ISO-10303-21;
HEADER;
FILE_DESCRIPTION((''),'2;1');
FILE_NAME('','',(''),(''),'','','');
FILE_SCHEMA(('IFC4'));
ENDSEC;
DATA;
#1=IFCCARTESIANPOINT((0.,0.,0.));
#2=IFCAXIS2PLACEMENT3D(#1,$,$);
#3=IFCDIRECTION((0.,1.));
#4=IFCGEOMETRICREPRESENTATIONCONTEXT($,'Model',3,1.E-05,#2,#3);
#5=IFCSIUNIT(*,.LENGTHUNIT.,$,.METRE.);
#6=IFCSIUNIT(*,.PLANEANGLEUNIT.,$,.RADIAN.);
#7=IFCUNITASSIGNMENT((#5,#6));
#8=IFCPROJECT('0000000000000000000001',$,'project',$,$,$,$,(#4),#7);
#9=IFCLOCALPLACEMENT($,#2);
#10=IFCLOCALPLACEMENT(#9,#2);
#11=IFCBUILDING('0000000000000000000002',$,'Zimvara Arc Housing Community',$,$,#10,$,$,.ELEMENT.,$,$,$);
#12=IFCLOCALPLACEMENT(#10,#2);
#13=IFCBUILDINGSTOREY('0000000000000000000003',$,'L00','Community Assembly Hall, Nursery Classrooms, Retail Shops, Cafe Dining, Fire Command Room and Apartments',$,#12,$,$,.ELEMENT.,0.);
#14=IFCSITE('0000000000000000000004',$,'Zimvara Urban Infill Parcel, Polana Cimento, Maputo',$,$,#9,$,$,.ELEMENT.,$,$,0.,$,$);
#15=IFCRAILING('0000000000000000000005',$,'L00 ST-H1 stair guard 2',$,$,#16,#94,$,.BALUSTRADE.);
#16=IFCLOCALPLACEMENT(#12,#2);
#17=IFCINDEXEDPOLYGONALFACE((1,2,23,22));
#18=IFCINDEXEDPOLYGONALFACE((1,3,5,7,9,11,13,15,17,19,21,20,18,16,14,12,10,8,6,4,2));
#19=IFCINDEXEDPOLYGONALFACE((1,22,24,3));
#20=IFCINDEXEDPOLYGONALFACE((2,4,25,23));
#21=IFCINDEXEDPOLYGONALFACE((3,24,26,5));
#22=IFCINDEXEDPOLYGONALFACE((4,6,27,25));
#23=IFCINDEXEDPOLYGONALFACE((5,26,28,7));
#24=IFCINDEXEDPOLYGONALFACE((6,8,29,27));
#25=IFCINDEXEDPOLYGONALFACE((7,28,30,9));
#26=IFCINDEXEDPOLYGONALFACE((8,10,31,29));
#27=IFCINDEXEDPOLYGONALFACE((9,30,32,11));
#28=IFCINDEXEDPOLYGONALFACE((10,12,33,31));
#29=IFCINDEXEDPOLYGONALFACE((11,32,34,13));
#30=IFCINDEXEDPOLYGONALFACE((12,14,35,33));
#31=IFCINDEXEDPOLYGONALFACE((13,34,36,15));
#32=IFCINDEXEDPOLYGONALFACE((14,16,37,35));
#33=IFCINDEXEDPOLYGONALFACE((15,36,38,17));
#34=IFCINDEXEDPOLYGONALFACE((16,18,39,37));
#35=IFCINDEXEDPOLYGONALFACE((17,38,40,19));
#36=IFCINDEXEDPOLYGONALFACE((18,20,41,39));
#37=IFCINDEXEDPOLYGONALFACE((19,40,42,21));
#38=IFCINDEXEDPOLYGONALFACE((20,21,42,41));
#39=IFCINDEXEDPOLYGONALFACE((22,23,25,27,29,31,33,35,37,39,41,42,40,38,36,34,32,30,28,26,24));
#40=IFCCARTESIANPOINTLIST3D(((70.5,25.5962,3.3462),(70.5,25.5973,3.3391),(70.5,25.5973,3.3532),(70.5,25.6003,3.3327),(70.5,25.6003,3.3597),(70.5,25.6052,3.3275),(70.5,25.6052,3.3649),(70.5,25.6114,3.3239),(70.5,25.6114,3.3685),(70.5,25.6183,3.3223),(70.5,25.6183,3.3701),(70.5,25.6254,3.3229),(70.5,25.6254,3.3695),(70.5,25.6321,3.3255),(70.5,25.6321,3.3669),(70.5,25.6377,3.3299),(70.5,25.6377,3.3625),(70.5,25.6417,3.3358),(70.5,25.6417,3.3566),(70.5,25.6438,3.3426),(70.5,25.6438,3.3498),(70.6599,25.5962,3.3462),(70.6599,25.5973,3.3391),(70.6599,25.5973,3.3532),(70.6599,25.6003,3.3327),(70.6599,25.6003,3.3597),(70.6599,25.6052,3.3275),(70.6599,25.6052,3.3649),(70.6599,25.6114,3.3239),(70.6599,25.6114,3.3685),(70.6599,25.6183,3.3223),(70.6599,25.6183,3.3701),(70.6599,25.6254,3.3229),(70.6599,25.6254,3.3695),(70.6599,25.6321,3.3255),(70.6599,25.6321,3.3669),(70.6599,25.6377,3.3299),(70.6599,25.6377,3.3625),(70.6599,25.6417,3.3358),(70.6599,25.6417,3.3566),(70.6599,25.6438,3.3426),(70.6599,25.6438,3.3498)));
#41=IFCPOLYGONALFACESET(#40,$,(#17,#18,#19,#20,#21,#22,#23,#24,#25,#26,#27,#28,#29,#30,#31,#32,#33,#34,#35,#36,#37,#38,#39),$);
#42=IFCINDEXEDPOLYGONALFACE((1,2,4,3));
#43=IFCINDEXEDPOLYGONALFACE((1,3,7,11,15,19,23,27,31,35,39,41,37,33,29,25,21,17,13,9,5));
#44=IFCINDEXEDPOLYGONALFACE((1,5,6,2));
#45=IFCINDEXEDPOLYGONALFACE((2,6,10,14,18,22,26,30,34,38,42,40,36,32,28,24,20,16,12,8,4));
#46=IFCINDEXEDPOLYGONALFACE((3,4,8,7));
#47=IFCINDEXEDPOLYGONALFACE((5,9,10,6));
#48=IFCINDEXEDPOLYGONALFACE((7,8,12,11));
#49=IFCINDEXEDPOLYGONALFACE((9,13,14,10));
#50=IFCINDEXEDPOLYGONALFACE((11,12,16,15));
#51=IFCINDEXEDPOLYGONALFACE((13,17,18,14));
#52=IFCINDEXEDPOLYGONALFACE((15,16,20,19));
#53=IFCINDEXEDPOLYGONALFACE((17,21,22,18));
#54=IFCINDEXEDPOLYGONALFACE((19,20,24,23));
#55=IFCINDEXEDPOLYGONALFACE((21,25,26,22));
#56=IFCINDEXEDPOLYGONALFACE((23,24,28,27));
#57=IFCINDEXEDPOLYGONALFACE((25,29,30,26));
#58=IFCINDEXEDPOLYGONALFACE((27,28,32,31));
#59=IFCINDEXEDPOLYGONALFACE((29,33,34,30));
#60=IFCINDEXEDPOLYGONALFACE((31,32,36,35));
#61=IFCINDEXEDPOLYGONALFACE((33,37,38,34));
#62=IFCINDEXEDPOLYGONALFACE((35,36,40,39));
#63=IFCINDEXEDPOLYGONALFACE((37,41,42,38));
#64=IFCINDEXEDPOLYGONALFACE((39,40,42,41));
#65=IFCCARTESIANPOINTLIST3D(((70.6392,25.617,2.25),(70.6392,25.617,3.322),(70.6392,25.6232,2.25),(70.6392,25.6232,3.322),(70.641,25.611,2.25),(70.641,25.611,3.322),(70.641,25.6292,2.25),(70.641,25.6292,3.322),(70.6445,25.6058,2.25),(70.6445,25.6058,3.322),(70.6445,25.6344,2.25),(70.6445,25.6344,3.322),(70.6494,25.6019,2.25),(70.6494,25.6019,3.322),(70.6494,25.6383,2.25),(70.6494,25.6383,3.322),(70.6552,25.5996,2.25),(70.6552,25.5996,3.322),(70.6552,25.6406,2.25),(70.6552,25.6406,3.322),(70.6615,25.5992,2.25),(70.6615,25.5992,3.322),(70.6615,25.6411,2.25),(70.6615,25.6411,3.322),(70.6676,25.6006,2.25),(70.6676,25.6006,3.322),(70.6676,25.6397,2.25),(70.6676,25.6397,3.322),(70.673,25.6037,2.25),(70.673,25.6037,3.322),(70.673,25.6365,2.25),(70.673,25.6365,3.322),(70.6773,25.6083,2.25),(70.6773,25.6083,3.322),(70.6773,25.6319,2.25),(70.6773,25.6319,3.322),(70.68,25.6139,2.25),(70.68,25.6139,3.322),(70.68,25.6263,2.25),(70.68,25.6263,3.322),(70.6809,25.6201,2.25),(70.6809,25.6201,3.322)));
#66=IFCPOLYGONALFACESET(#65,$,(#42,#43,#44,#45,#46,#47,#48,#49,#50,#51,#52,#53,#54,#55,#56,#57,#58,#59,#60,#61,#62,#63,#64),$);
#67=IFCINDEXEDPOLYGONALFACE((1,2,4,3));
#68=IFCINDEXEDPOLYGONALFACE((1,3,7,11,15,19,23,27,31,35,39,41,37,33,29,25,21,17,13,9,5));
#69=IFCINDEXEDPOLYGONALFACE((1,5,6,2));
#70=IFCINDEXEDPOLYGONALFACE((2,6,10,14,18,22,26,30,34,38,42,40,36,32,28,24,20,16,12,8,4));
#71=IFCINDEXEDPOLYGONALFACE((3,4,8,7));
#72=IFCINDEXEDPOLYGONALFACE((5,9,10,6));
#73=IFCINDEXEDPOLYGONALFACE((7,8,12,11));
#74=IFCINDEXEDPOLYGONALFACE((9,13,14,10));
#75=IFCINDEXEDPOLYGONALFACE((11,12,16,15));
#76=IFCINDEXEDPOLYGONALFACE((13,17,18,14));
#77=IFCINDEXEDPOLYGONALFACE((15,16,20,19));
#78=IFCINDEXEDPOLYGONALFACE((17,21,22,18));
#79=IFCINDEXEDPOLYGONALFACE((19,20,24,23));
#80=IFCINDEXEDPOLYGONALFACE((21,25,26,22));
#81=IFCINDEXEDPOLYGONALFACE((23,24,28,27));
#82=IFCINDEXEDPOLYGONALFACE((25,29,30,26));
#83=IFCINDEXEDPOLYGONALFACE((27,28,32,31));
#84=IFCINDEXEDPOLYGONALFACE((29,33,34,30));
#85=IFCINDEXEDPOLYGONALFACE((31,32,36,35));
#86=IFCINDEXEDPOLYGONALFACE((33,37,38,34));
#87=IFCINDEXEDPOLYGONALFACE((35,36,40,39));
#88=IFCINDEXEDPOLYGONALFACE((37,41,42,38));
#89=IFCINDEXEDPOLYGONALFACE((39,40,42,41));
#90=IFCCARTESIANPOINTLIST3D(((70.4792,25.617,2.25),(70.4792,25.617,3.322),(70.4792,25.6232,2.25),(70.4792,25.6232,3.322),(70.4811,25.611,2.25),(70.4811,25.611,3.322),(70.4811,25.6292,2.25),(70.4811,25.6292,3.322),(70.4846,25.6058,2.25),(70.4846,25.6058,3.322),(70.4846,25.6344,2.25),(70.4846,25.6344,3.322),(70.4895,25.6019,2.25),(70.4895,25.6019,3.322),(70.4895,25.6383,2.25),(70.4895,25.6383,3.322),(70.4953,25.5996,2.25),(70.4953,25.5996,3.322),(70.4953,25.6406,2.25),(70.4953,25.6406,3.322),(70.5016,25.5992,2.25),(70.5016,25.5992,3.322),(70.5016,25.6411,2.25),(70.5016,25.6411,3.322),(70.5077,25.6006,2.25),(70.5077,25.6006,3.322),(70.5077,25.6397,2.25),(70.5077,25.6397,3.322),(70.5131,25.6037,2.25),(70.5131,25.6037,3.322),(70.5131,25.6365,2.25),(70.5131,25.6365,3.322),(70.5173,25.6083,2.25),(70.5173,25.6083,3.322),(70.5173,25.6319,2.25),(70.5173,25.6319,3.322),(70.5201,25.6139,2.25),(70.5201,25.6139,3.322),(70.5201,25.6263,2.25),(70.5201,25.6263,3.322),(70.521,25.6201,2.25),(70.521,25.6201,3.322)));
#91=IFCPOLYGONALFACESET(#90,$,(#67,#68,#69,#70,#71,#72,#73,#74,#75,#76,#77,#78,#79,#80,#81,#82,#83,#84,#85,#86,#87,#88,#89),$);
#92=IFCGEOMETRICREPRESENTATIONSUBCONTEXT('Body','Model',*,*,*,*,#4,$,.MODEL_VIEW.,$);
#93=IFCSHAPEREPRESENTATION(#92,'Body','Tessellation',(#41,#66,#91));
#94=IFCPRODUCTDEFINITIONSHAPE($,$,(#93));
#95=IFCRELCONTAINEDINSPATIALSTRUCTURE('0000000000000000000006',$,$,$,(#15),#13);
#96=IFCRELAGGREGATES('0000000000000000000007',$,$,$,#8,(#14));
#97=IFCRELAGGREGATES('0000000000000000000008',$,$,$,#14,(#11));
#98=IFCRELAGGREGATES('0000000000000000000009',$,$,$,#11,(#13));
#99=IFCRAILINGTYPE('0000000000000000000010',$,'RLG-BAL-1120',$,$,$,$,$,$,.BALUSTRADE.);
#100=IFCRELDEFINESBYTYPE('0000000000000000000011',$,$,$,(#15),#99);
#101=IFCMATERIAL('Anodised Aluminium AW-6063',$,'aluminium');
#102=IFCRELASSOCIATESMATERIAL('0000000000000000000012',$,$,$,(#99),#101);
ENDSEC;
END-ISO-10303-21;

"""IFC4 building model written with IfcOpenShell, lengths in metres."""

from ifc_helpers import new_model, si_unit, direction, frame, origin, origin_2d, place, context, subcontext, project, spatial, circle, extrude, material, type_object, element, save


model = new_model("IFC4")

# Units and contexts
model_context = context("Model", 3, precision=1e-05, world=origin(), true_north=direction((0.0, 1.0)))
body_context = subcontext(model_context, "Body", "Model", "MODEL_VIEW")
ifc_project = project(units=[si_unit("LENGTHUNIT", "METRE"), si_unit("PLANEANGLEUNIT", "RADIAN")], contexts=[model_context])

# Site, building, storey
site_placement = place(None, origin())
site = spatial("IfcSite", under=ifc_project, at=site_placement, Name="Zimvara Urban Infill Parcel, Polana Cimento, Maputo", CompositionType="ELEMENT", RefElevation=0.0)
building_placement = place(site_placement, origin())
building = spatial("IfcBuilding", under=site, at=building_placement, Name="Zimvara Arc Housing Community", CompositionType="ELEMENT")
storey_placement = place(building_placement, origin())
storey = spatial("IfcBuildingStorey", under=building, at=storey_placement, Name="L00", Description="Community Assembly Hall, Nursery Classrooms, Retail Shops, Cafe Dining, Fire Command Room and Apartments", CompositionType="ELEMENT", Elevation=0.0)

# Railing
ifc_material_1 = material(Name="Anodised Aluminium AW-6063", Category="aluminium")
railing_type_1 = type_object("IfcRailingType", Name="RLG-BAL-1120", PredefinedType="BALUSTRADE", material=ifc_material_1)
railing_1_placement = place(storey_placement, frame((70.6599, 25.6201, 2.25)))
element("IfcRailing", 1, at=railing_1_placement, inside=storey, type_object=railing_type_1, Name="L00 ST-H1 stair guard 2", PredefinedType="BALUSTRADE", context=body_context, shape_type="SweptSolid", body=[
    extrude(circle(Radius=0.0239, at=origin_2d()), frame((0.0, 0.0, 1.0962), z_axis=(-1.0, 0.0, 0.0), x_axis=(0.0, -1.0, 0.0)), (0.0, 0.0, 1.0), 0.1599),
    extrude(circle(Radius=0.021, at=origin_2d()), origin(), (0.0, 0.0, 1.0), 1.072),
    extrude(circle(Radius=0.021, at=origin_2d()), frame((-0.1599, 0.0, 0.0)), (0.0, 0.0, 1.0), 1.072),
])

save(model, "model.ifc")
